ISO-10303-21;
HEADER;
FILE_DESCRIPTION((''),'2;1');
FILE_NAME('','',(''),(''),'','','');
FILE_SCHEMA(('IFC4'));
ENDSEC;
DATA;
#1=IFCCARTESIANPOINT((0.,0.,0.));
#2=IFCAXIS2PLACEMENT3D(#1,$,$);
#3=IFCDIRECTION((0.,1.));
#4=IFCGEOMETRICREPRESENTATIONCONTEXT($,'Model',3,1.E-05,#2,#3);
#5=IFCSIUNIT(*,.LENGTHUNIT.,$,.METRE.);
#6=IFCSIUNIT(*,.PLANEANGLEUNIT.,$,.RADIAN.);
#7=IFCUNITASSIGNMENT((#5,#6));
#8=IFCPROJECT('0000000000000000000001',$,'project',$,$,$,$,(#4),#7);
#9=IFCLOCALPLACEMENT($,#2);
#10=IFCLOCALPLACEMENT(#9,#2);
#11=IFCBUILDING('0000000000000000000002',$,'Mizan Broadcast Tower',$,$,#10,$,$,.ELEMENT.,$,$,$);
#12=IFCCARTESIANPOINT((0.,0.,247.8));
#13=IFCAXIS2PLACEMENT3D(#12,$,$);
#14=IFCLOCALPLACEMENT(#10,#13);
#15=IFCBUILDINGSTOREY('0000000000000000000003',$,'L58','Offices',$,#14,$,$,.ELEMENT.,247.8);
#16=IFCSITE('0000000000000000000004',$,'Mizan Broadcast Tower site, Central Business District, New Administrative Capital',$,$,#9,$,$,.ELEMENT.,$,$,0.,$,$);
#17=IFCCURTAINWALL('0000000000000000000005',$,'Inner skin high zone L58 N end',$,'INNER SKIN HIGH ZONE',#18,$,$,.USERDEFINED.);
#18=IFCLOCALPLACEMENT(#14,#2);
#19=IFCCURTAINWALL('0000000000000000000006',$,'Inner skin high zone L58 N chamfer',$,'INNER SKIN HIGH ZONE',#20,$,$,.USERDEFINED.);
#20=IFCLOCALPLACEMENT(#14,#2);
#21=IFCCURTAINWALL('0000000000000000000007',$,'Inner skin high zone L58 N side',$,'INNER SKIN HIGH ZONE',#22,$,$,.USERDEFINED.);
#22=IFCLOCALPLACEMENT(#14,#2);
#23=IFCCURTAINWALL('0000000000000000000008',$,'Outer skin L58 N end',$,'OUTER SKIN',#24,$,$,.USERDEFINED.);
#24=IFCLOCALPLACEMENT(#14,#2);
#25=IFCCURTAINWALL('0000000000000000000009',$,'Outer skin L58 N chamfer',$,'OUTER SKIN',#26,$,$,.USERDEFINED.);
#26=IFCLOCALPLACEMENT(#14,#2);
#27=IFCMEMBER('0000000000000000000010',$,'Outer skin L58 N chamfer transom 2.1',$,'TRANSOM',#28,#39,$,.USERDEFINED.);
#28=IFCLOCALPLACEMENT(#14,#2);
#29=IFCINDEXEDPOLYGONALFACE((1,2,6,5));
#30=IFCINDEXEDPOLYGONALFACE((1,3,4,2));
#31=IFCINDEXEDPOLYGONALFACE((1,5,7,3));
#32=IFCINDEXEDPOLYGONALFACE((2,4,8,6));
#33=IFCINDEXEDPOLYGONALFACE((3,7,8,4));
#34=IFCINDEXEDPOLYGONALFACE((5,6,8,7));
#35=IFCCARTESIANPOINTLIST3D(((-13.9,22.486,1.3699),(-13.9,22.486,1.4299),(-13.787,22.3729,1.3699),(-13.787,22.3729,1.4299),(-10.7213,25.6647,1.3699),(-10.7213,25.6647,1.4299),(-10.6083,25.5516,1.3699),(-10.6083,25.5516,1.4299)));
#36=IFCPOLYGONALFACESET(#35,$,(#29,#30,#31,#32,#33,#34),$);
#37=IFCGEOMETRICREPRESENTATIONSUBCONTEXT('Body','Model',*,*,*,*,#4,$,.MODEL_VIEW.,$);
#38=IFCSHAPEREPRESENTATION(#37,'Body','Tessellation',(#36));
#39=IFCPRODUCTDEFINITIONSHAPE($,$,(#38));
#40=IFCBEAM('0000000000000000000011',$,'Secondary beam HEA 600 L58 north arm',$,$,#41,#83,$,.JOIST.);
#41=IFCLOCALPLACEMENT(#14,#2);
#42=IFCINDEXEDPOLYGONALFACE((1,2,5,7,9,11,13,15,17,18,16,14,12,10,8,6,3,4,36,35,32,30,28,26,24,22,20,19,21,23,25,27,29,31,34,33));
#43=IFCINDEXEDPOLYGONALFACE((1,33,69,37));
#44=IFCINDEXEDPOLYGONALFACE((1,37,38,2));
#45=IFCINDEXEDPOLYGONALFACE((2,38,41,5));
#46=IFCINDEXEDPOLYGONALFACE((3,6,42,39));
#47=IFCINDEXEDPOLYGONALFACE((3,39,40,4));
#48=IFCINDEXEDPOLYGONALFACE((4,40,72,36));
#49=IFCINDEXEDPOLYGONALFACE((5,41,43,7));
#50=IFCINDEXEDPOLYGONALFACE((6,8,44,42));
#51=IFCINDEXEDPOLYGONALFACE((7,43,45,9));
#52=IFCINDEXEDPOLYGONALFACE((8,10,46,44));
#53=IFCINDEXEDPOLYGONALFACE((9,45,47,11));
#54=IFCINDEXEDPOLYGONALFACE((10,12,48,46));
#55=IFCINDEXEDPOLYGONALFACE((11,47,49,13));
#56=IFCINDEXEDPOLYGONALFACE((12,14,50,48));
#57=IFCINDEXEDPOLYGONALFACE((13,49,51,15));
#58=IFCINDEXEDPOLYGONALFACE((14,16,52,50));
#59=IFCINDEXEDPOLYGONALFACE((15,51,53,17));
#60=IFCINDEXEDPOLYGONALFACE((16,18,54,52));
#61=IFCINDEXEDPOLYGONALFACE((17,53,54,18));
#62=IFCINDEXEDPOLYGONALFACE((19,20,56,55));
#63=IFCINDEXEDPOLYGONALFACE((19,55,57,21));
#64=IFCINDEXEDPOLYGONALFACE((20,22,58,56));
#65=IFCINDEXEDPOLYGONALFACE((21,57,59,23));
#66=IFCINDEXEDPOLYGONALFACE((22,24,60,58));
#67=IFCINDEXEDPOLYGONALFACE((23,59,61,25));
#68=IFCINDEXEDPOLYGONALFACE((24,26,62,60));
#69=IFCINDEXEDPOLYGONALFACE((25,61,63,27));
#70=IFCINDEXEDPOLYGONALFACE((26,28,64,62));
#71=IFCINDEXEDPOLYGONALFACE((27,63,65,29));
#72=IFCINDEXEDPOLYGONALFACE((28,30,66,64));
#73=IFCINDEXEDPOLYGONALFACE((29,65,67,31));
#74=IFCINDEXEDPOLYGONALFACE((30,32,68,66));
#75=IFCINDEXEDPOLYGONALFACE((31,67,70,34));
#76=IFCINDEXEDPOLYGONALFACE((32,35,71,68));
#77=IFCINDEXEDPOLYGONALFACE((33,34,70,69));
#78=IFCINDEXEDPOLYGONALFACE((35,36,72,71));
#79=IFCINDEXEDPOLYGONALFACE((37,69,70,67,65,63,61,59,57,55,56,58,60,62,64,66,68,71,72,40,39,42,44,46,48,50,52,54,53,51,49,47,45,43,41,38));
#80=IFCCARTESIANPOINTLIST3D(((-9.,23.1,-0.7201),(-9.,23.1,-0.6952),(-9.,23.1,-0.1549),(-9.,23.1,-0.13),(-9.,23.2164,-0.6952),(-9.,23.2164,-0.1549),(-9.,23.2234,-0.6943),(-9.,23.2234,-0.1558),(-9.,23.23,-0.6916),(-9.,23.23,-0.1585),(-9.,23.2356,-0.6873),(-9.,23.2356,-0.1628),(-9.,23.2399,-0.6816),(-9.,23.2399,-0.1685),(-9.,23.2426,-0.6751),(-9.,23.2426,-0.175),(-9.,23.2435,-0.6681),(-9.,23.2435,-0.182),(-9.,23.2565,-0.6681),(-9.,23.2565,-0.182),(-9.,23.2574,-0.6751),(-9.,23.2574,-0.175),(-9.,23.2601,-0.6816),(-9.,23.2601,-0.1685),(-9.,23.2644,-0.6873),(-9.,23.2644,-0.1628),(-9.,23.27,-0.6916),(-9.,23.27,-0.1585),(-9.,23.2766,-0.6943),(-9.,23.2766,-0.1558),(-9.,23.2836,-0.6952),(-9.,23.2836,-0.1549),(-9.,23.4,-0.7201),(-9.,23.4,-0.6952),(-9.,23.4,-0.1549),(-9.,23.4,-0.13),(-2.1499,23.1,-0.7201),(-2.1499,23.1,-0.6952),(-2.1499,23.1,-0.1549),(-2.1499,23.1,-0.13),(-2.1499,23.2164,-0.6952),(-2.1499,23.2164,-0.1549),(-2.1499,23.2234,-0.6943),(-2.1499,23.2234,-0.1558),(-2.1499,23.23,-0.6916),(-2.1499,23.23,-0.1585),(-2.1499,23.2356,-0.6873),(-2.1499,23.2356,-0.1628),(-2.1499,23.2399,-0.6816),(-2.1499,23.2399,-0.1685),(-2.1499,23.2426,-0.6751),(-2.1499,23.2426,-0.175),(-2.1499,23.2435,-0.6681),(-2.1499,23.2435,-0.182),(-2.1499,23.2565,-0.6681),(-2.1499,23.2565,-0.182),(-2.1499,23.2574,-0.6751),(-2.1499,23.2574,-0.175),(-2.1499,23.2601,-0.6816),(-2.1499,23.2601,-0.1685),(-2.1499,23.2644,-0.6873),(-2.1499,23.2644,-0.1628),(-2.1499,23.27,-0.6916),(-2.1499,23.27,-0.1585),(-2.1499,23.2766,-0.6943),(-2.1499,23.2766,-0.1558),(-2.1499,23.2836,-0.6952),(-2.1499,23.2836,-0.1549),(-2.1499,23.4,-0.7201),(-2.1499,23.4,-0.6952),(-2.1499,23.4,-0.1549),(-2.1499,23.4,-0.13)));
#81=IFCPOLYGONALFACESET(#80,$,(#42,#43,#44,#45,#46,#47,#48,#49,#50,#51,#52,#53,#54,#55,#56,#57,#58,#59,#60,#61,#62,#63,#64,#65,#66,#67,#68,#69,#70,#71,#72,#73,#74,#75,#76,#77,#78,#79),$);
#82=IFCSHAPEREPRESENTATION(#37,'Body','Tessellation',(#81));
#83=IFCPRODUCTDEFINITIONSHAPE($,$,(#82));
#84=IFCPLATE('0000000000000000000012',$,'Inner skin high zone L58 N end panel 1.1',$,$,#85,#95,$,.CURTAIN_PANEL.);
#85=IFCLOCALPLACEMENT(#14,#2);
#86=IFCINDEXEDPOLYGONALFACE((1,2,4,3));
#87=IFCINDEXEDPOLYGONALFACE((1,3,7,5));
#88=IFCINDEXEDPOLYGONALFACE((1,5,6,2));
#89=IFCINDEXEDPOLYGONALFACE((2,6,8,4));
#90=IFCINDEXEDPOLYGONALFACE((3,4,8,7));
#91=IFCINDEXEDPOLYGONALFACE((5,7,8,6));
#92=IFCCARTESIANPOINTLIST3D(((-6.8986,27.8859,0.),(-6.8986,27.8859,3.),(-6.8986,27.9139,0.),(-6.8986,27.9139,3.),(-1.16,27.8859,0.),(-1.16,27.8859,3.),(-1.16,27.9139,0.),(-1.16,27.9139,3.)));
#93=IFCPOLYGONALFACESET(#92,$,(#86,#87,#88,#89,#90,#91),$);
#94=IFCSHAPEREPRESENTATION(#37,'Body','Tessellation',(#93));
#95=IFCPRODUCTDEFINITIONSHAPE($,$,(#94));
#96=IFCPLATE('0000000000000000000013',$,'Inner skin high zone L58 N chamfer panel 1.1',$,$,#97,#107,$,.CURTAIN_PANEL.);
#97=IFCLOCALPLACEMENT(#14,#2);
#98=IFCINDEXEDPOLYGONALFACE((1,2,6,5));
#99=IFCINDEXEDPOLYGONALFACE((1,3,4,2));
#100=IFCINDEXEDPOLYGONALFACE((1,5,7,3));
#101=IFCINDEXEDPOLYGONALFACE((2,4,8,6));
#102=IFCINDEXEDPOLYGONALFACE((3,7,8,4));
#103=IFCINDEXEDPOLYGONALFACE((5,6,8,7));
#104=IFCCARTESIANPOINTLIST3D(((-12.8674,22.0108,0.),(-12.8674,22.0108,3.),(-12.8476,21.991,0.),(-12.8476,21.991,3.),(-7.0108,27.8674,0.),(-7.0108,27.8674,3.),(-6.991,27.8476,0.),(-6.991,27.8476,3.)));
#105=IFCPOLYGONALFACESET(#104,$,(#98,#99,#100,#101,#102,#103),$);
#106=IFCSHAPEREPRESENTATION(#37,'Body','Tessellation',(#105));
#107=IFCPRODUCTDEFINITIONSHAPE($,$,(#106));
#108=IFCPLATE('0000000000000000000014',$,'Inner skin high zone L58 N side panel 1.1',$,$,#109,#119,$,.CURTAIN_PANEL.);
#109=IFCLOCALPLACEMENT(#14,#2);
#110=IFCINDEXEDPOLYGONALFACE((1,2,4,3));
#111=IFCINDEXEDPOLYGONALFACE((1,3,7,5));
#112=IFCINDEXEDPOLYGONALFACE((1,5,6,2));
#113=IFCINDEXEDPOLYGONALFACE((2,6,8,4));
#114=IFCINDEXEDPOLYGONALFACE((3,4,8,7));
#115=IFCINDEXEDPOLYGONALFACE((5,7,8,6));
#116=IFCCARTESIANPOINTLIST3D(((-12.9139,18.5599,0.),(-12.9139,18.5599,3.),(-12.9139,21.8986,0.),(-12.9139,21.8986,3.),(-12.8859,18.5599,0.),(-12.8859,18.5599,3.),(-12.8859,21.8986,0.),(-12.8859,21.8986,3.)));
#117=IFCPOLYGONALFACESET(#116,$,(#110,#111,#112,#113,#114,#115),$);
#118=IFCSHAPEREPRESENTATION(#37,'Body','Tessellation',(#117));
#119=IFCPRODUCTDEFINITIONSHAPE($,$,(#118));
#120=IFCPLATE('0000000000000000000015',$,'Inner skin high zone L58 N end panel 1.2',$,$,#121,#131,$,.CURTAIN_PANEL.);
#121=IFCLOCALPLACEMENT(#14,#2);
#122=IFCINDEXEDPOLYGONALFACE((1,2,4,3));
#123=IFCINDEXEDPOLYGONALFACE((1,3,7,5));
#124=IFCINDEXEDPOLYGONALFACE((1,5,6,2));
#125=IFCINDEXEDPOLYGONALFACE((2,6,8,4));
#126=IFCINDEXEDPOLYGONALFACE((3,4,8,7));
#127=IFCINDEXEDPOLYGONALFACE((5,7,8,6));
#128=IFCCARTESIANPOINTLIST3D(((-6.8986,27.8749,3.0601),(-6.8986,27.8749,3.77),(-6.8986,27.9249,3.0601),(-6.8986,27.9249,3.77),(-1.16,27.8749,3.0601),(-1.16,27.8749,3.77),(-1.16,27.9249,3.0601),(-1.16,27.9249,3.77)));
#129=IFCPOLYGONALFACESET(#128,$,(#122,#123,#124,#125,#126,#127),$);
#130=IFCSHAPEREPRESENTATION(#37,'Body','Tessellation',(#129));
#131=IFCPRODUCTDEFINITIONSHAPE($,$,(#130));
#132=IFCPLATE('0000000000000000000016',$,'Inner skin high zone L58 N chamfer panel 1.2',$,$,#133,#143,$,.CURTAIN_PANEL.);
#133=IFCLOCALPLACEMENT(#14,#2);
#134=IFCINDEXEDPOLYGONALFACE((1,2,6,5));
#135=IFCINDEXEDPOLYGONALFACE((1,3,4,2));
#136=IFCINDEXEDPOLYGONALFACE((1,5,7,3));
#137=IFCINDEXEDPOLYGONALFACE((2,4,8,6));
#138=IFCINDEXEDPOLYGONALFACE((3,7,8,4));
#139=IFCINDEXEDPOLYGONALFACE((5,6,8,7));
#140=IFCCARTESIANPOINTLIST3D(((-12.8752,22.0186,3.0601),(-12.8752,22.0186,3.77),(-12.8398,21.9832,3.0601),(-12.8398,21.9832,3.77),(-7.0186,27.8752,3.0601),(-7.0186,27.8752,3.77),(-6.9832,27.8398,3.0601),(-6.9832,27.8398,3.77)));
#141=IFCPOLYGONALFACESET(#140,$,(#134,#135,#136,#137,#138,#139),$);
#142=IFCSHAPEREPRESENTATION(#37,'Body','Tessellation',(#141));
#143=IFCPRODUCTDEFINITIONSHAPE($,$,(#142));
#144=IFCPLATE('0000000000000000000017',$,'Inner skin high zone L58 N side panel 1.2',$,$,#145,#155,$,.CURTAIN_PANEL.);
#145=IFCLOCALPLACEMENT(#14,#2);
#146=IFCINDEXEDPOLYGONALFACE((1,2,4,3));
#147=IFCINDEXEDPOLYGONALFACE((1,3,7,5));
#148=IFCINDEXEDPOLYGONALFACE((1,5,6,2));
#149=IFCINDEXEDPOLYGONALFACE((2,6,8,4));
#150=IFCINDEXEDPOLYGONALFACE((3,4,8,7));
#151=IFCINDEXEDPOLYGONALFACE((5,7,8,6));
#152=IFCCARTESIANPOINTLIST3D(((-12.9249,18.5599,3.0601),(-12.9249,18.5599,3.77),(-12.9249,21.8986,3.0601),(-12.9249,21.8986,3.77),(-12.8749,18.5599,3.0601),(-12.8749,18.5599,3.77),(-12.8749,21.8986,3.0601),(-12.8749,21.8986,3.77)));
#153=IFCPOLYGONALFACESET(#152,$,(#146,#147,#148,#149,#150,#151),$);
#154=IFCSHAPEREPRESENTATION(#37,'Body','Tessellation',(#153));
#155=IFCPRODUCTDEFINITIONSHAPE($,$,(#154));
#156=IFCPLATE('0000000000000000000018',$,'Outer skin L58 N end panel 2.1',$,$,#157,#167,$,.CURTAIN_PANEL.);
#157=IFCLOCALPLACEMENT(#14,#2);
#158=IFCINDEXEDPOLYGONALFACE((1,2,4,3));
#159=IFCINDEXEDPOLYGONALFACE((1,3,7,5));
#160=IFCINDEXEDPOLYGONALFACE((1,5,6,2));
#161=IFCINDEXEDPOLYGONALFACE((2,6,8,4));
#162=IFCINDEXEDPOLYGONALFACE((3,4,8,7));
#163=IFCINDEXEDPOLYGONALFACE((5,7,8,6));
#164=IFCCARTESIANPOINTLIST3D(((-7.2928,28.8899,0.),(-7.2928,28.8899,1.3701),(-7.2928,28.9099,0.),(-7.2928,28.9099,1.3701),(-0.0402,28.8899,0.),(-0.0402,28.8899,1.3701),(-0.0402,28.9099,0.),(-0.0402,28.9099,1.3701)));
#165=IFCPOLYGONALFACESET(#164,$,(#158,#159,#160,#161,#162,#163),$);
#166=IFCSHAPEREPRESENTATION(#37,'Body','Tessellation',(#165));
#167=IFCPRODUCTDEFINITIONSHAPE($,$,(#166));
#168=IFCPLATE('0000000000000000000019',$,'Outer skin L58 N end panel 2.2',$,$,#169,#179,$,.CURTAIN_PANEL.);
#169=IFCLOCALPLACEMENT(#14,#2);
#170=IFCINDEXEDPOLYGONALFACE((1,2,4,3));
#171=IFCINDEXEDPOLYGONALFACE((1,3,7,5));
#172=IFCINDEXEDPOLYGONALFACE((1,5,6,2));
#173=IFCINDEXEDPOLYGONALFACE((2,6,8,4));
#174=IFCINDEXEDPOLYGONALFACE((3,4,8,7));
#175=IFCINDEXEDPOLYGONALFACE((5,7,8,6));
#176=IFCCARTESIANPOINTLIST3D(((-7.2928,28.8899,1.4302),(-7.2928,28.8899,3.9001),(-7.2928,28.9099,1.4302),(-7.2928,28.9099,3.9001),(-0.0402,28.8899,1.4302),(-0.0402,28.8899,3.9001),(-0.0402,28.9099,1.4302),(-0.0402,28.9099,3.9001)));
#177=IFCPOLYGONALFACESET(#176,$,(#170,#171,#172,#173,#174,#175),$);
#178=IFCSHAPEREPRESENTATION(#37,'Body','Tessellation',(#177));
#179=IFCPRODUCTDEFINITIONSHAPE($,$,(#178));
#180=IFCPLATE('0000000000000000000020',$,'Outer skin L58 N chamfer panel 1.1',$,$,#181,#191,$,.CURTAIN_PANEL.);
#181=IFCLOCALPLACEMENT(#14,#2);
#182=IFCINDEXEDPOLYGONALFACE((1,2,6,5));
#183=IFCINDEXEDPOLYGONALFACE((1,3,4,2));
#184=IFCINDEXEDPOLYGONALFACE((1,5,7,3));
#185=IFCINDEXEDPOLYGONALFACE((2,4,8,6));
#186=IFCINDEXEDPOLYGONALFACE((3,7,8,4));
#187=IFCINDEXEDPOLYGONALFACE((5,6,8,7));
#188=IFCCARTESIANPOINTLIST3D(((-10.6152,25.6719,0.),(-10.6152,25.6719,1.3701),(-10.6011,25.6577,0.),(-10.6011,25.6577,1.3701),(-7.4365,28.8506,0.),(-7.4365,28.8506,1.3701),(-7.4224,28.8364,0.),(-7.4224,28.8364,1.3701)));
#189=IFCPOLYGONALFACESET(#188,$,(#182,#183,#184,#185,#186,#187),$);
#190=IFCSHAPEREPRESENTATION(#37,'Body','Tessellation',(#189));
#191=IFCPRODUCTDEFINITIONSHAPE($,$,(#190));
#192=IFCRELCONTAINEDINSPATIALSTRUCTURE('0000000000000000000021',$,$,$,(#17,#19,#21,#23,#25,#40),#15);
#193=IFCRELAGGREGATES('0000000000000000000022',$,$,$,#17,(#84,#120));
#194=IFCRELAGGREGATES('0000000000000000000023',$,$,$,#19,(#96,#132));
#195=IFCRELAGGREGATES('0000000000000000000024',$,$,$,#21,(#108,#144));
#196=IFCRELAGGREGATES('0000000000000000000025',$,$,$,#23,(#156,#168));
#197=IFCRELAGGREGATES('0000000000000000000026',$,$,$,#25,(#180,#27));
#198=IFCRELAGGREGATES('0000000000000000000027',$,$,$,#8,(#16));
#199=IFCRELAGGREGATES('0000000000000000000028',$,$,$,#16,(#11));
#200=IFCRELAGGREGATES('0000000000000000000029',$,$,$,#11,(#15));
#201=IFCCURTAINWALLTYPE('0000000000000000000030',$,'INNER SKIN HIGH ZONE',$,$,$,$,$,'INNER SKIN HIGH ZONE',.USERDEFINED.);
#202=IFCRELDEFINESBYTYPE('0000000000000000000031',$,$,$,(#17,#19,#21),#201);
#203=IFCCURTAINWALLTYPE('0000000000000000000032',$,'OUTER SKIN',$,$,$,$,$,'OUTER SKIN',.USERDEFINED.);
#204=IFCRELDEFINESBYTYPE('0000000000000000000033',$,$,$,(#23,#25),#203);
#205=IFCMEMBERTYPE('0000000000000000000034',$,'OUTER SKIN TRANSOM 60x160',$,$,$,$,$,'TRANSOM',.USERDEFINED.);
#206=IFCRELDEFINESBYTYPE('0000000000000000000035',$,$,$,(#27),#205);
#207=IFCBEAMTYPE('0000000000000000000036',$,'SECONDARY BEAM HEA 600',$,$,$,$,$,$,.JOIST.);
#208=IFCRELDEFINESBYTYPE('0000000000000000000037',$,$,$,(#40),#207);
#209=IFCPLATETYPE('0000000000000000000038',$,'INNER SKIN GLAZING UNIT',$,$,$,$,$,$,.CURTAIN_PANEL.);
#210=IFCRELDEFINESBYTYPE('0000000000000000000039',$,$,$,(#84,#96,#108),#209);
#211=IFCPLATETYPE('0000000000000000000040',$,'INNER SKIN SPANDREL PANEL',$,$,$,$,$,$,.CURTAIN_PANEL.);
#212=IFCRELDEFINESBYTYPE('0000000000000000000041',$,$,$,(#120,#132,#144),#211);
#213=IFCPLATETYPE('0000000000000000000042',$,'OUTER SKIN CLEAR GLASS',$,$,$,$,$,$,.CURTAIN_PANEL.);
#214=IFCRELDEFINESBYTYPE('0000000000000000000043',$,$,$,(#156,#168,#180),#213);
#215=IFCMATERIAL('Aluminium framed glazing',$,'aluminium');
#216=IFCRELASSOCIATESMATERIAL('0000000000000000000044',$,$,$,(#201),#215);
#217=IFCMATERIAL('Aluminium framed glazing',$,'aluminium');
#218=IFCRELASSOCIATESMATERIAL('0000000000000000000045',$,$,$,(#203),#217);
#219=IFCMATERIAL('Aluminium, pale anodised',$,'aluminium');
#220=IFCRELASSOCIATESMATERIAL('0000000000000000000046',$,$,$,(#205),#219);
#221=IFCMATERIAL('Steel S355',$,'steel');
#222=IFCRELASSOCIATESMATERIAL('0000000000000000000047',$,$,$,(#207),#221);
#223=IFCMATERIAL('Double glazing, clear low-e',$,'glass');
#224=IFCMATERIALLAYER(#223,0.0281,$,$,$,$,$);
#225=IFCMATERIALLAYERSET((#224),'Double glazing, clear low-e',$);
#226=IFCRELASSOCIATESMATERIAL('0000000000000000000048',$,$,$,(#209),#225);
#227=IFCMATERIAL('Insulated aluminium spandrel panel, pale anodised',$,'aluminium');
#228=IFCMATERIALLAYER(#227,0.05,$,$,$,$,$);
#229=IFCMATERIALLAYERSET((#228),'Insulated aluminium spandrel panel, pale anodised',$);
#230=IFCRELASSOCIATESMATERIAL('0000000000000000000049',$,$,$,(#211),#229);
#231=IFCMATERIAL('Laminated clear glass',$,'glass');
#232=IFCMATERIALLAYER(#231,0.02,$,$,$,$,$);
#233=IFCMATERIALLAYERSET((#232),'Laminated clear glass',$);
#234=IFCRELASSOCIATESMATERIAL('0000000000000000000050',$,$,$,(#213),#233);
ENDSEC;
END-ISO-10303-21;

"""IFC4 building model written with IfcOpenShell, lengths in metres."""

from ifc_helpers import new_model, si_unit, direction, frame, origin, origin_2d, place, context, subcontext, project, spatial, rectangle, i_section, extrude, material, layer, layer_set, material_profile, profile_set, type_object, element, aggregate, save


model = new_model("IFC4")

# Units and contexts
model_context = context("Model", 3, precision=1e-05, world=origin(), true_north=direction((0.0, 1.0)))
body_context = subcontext(model_context, "Body", "Model", "MODEL_VIEW")
ifc_project = project(units=[si_unit("LENGTHUNIT", "METRE"), si_unit("PLANEANGLEUNIT", "RADIAN")], contexts=[model_context])

# Site, building, storey
site_placement = place(None, origin())
site = spatial("IfcSite", under=ifc_project, at=site_placement, Name="Mizan Broadcast Tower site, Central Business District, New Administrative Capital", CompositionType="ELEMENT", RefElevation=0.0)
building_placement = place(site_placement, origin())
building = spatial("IfcBuilding", under=site, at=building_placement, Name="Mizan Broadcast Tower", CompositionType="ELEMENT")
storey_placement = place(building_placement, frame((0.0, 0.0, 247.8)))
storey = spatial("IfcBuildingStorey", under=building, at=storey_placement, Name="L58", Description="Offices", CompositionType="ELEMENT", Elevation=247.8)

# Curtain wall
ifc_material_1 = material(Name="Aluminium framed glazing", Category="aluminium")
curtain_wall_type_1 = type_object("IfcCurtainWallType", Name="INNER SKIN HIGH ZONE", ElementType="INNER SKIN HIGH ZONE", PredefinedType="USERDEFINED", material=ifc_material_1)
curtain_wall_1_placement = place(storey_placement, origin())
curtain_wall_1 = element("IfcCurtainWall", 1, at=curtain_wall_1_placement, inside=storey, type_object=curtain_wall_type_1, Name="Inner skin high zone L58 N end", ObjectType="INNER SKIN HIGH ZONE", PredefinedType="USERDEFINED")

# Curtain wall
curtain_wall_2_placement = place(storey_placement, origin())
curtain_wall_2 = element("IfcCurtainWall", 2, at=curtain_wall_2_placement, inside=storey, type_object=curtain_wall_type_1, Name="Inner skin high zone L58 N chamfer", ObjectType="INNER SKIN HIGH ZONE", PredefinedType="USERDEFINED")

# Curtain walls
curtain_wall_3_placement = place(storey_placement, origin())
curtain_wall_3 = element("IfcCurtainWall", 3, at=curtain_wall_3_placement, inside=storey, type_object=curtain_wall_type_1, Name="Inner skin high zone L58 N side", ObjectType="INNER SKIN HIGH ZONE", PredefinedType="USERDEFINED")
ifc_material_2 = material(Name="Aluminium framed glazing", Category="aluminium")
curtain_wall_type_2 = type_object("IfcCurtainWallType", Name="OUTER SKIN", ElementType="OUTER SKIN", PredefinedType="USERDEFINED", material=ifc_material_2)
curtain_wall_4_placement = place(storey_placement, origin())
curtain_wall_4 = element("IfcCurtainWall", 4, at=curtain_wall_4_placement, inside=storey, type_object=curtain_wall_type_2, Name="Outer skin L58 N end", ObjectType="OUTER SKIN", PredefinedType="USERDEFINED")
curtain_wall_5_placement = place(storey_placement, origin())
curtain_wall_5 = element("IfcCurtainWall", 5, at=curtain_wall_5_placement, inside=storey, type_object=curtain_wall_type_2, Name="Outer skin L58 N chamfer", ObjectType="OUTER SKIN", PredefinedType="USERDEFINED")

# Member
ifc_material_3 = material(Name="Aluminium, pale anodised", Category="aluminium")
ifc_material_profile_1 = material_profile(ifc_material_3, rectangle(XDim=0.1599, YDim=0.0601, at=origin_2d()), Name="TRANSOM 160x60")
ifc_profile_set_1 = profile_set([ifc_material_profile_1], Name="Aluminium, pale anodised")
member_type_1 = type_object("IfcMemberType", Name="OUTER SKIN TRANSOM 60x160", ElementType="TRANSOM", PredefinedType="USERDEFINED", material=ifc_profile_set_1)
member_1_placement = place(storey_placement, frame((-10.6648, 25.6082, 1.3999), z_axis=(-0.707107, -0.707107, 0.0), x_axis=(0.707107, -0.707107, 0.0)))
member_1 = element("IfcMember", 6, at=member_1_placement, type_object=member_type_1, Name="Outer skin L58 N chamfer transom 2.1", ObjectType="TRANSOM", PredefinedType="USERDEFINED", context=body_context, shape_type="SweptSolid", body=[
    extrude(rectangle(XDim=0.1599, YDim=0.0601, at=origin_2d()), origin(), (0.0, 0.0, 1.0), 4.4954),
])

# Beam
ifc_material_4 = material(Name="Steel S355", Category="steel")
ifc_material_profile_2 = material_profile(ifc_material_4, i_section(OverallWidth=0.3, OverallDepth=0.5901, WebThickness=0.0129, FlangeThickness=0.0249, FilletRadius=0.0271, at=origin_2d()), Name="HEA 600")
ifc_profile_set_2 = profile_set([ifc_material_profile_2], Name="Steel S355")
beam_type_1 = type_object("IfcBeamType", Name="SECONDARY BEAM HEA 600", PredefinedType="JOIST", material=ifc_profile_set_2)
beam_1_placement = place(storey_placement, frame((-9.0, 23.25, -0.425), z_axis=(1.0, 0.0, 0.0), x_axis=(0.0, 1.0, 0.0)))
element("IfcBeam", 7, at=beam_1_placement, inside=storey, type_object=beam_type_1, Name="Secondary beam HEA 600 L58 north arm", PredefinedType="JOIST", context=body_context, shape_type="SweptSolid", body=[
    extrude(i_section(OverallWidth=0.3, OverallDepth=0.5901, WebThickness=0.0129, FlangeThickness=0.0249, FilletRadius=0.0271, at=origin_2d()), origin(), (0.0, 0.0, 1.0), 6.8501),
])

# Plates
ifc_material_5 = material(Name="Double glazing, clear low-e", Category="glass")
ifc_layer_1 = layer(ifc_material_5, 0.0281)
ifc_layer_set_1 = layer_set([ifc_layer_1], Name="Double glazing, clear low-e")
plate_type_1 = type_object("IfcPlateType", Name="INNER SKIN GLAZING UNIT", PredefinedType="CURTAIN_PANEL", material=ifc_layer_set_1)
plate_1_placement = place(storey_placement, frame((-4.0293, 27.8999, 0.0), z_axis=(0.0, 0.0, 1.0), x_axis=(-1.0, 0.0, 0.0)))
plate_1 = element("IfcPlate", 8, at=plate_1_placement, type_object=plate_type_1, Name="Inner skin high zone L58 N end panel 1.1", PredefinedType="CURTAIN_PANEL", context=body_context, shape_type="SweptSolid", body=[
    extrude(rectangle(XDim=5.7385, YDim=0.0281, at=origin_2d()), origin(), (0.0, 0.0, 1.0), 3.0),
])
plate_2_placement = place(storey_placement, frame((-9.9292, 24.9292, 0.0), z_axis=(0.0, 0.0, 1.0), x_axis=(-0.707107, -0.707107, 0.0)))
plate_2 = element("IfcPlate", 9, at=plate_2_placement, type_object=plate_type_1, Name="Inner skin high zone L58 N chamfer panel 1.1", PredefinedType="CURTAIN_PANEL", context=body_context, shape_type="SweptSolid", body=[
    extrude(rectangle(XDim=8.2825, YDim=0.0281, at=origin_2d()), origin(), (0.0, 0.0, 1.0), 3.0),
])
plate_3_placement = place(storey_placement, frame((-12.8999, 20.2292, 0.0), z_axis=(0.0, 0.0, 1.0), x_axis=(0.0, -1.0, 0.0)))
plate_3 = element("IfcPlate", 10, at=plate_3_placement, type_object=plate_type_1, Name="Inner skin high zone L58 N side panel 1.1", PredefinedType="CURTAIN_PANEL", context=body_context, shape_type="SweptSolid", body=[
    extrude(rectangle(XDim=3.3386, YDim=0.0281, at=origin_2d()), origin(), (0.0, 0.0, 1.0), 3.0),
])
ifc_material_6 = material(Name="Insulated aluminium spandrel panel, pale anodised", Category="aluminium")
ifc_layer_2 = layer(ifc_material_6, 0.05)
ifc_layer_set_2 = layer_set([ifc_layer_2], Name="Insulated aluminium spandrel panel, pale anodised")
plate_type_2 = type_object("IfcPlateType", Name="INNER SKIN SPANDREL PANEL", PredefinedType="CURTAIN_PANEL", material=ifc_layer_set_2)
plate_4_placement = place(storey_placement, frame((-4.0293, 27.8999, 3.0601), z_axis=(0.0, 0.0, 1.0), x_axis=(-1.0, 0.0, 0.0)))
plate_4 = element("IfcPlate", 11, at=plate_4_placement, type_object=plate_type_2, Name="Inner skin high zone L58 N end panel 1.2", PredefinedType="CURTAIN_PANEL", context=body_context, shape_type="SweptSolid", body=[
    extrude(rectangle(XDim=5.7385, YDim=0.05, at=origin_2d()), origin(), (0.0, 0.0, 1.0), 0.71),
])
aggregate(curtain_wall_1, [plate_1, plate_4])
plate_5_placement = place(storey_placement, frame((-9.9292, 24.9292, 3.0601), z_axis=(0.0, 0.0, 1.0), x_axis=(-0.707107, -0.707107, 0.0)))
plate_5 = element("IfcPlate", 12, at=plate_5_placement, type_object=plate_type_2, Name="Inner skin high zone L58 N chamfer panel 1.2", PredefinedType="CURTAIN_PANEL", context=body_context, shape_type="SweptSolid", body=[
    extrude(rectangle(XDim=8.2825, YDim=0.05, at=origin_2d()), origin(), (0.0, 0.0, 1.0), 0.71),
])
aggregate(curtain_wall_2, [plate_2, plate_5])
plate_6_placement = place(storey_placement, frame((-12.8999, 20.2292, 3.0601), z_axis=(0.0, 0.0, 1.0), x_axis=(0.0, -1.0, 0.0)))
plate_6 = element("IfcPlate", 13, at=plate_6_placement, type_object=plate_type_2, Name="Inner skin high zone L58 N side panel 1.2", PredefinedType="CURTAIN_PANEL", context=body_context, shape_type="SweptSolid", body=[
    extrude(rectangle(XDim=3.3386, YDim=0.05, at=origin_2d()), origin(), (0.0, 0.0, 1.0), 0.71),
])
aggregate(curtain_wall_3, [plate_3, plate_6])
ifc_material_7 = material(Name="Laminated clear glass", Category="glass")
ifc_layer_3 = layer(ifc_material_7, 0.02)
ifc_layer_set_3 = layer_set([ifc_layer_3], Name="Laminated clear glass")
plate_type_3 = type_object("IfcPlateType", Name="OUTER SKIN CLEAR GLASS", PredefinedType="CURTAIN_PANEL", material=ifc_layer_set_3)
plate_7_placement = place(storey_placement, frame((-3.6665, 28.8999, 0.0), z_axis=(0.0, 0.0, 1.0), x_axis=(-1.0, 0.0, 0.0)))
plate_7 = element("IfcPlate", 14, at=plate_7_placement, type_object=plate_type_3, Name="Outer skin L58 N end panel 2.1", PredefinedType="CURTAIN_PANEL", context=body_context, shape_type="SweptSolid", body=[
    extrude(rectangle(XDim=7.2527, YDim=0.02, at=origin_2d()), origin(), (0.0, 0.0, 1.0), 1.3701),
])
plate_8_placement = place(storey_placement, frame((-3.6665, 28.8999, 1.4302), z_axis=(0.0, 0.0, 1.0), x_axis=(-1.0, 0.0, 0.0)))
plate_8 = element("IfcPlate", 15, at=plate_8_placement, type_object=plate_type_3, Name="Outer skin L58 N end panel 2.2", PredefinedType="CURTAIN_PANEL", context=body_context, shape_type="SweptSolid", body=[
    extrude(rectangle(XDim=7.2527, YDim=0.02, at=origin_2d()), origin(), (0.0, 0.0, 1.0), 2.47),
])
aggregate(curtain_wall_4, [plate_7, plate_8])
plate_9_placement = place(storey_placement, frame((-9.0188, 27.2542, 0.0), z_axis=(0.0, 0.0, 1.0), x_axis=(-0.707107, -0.707107, 0.0)))
plate_9 = element("IfcPlate", 16, at=plate_9_placement, type_object=plate_type_3, Name="Outer skin L58 N chamfer panel 1.1", PredefinedType="CURTAIN_PANEL", context=body_context, shape_type="SweptSolid", body=[
    extrude(rectangle(XDim=4.4954, YDim=0.02, at=origin_2d()), origin(), (0.0, 0.0, 1.0), 1.3701),
])
aggregate(curtain_wall_5, [plate_9, member_1])

save(model, "model.ifc")
